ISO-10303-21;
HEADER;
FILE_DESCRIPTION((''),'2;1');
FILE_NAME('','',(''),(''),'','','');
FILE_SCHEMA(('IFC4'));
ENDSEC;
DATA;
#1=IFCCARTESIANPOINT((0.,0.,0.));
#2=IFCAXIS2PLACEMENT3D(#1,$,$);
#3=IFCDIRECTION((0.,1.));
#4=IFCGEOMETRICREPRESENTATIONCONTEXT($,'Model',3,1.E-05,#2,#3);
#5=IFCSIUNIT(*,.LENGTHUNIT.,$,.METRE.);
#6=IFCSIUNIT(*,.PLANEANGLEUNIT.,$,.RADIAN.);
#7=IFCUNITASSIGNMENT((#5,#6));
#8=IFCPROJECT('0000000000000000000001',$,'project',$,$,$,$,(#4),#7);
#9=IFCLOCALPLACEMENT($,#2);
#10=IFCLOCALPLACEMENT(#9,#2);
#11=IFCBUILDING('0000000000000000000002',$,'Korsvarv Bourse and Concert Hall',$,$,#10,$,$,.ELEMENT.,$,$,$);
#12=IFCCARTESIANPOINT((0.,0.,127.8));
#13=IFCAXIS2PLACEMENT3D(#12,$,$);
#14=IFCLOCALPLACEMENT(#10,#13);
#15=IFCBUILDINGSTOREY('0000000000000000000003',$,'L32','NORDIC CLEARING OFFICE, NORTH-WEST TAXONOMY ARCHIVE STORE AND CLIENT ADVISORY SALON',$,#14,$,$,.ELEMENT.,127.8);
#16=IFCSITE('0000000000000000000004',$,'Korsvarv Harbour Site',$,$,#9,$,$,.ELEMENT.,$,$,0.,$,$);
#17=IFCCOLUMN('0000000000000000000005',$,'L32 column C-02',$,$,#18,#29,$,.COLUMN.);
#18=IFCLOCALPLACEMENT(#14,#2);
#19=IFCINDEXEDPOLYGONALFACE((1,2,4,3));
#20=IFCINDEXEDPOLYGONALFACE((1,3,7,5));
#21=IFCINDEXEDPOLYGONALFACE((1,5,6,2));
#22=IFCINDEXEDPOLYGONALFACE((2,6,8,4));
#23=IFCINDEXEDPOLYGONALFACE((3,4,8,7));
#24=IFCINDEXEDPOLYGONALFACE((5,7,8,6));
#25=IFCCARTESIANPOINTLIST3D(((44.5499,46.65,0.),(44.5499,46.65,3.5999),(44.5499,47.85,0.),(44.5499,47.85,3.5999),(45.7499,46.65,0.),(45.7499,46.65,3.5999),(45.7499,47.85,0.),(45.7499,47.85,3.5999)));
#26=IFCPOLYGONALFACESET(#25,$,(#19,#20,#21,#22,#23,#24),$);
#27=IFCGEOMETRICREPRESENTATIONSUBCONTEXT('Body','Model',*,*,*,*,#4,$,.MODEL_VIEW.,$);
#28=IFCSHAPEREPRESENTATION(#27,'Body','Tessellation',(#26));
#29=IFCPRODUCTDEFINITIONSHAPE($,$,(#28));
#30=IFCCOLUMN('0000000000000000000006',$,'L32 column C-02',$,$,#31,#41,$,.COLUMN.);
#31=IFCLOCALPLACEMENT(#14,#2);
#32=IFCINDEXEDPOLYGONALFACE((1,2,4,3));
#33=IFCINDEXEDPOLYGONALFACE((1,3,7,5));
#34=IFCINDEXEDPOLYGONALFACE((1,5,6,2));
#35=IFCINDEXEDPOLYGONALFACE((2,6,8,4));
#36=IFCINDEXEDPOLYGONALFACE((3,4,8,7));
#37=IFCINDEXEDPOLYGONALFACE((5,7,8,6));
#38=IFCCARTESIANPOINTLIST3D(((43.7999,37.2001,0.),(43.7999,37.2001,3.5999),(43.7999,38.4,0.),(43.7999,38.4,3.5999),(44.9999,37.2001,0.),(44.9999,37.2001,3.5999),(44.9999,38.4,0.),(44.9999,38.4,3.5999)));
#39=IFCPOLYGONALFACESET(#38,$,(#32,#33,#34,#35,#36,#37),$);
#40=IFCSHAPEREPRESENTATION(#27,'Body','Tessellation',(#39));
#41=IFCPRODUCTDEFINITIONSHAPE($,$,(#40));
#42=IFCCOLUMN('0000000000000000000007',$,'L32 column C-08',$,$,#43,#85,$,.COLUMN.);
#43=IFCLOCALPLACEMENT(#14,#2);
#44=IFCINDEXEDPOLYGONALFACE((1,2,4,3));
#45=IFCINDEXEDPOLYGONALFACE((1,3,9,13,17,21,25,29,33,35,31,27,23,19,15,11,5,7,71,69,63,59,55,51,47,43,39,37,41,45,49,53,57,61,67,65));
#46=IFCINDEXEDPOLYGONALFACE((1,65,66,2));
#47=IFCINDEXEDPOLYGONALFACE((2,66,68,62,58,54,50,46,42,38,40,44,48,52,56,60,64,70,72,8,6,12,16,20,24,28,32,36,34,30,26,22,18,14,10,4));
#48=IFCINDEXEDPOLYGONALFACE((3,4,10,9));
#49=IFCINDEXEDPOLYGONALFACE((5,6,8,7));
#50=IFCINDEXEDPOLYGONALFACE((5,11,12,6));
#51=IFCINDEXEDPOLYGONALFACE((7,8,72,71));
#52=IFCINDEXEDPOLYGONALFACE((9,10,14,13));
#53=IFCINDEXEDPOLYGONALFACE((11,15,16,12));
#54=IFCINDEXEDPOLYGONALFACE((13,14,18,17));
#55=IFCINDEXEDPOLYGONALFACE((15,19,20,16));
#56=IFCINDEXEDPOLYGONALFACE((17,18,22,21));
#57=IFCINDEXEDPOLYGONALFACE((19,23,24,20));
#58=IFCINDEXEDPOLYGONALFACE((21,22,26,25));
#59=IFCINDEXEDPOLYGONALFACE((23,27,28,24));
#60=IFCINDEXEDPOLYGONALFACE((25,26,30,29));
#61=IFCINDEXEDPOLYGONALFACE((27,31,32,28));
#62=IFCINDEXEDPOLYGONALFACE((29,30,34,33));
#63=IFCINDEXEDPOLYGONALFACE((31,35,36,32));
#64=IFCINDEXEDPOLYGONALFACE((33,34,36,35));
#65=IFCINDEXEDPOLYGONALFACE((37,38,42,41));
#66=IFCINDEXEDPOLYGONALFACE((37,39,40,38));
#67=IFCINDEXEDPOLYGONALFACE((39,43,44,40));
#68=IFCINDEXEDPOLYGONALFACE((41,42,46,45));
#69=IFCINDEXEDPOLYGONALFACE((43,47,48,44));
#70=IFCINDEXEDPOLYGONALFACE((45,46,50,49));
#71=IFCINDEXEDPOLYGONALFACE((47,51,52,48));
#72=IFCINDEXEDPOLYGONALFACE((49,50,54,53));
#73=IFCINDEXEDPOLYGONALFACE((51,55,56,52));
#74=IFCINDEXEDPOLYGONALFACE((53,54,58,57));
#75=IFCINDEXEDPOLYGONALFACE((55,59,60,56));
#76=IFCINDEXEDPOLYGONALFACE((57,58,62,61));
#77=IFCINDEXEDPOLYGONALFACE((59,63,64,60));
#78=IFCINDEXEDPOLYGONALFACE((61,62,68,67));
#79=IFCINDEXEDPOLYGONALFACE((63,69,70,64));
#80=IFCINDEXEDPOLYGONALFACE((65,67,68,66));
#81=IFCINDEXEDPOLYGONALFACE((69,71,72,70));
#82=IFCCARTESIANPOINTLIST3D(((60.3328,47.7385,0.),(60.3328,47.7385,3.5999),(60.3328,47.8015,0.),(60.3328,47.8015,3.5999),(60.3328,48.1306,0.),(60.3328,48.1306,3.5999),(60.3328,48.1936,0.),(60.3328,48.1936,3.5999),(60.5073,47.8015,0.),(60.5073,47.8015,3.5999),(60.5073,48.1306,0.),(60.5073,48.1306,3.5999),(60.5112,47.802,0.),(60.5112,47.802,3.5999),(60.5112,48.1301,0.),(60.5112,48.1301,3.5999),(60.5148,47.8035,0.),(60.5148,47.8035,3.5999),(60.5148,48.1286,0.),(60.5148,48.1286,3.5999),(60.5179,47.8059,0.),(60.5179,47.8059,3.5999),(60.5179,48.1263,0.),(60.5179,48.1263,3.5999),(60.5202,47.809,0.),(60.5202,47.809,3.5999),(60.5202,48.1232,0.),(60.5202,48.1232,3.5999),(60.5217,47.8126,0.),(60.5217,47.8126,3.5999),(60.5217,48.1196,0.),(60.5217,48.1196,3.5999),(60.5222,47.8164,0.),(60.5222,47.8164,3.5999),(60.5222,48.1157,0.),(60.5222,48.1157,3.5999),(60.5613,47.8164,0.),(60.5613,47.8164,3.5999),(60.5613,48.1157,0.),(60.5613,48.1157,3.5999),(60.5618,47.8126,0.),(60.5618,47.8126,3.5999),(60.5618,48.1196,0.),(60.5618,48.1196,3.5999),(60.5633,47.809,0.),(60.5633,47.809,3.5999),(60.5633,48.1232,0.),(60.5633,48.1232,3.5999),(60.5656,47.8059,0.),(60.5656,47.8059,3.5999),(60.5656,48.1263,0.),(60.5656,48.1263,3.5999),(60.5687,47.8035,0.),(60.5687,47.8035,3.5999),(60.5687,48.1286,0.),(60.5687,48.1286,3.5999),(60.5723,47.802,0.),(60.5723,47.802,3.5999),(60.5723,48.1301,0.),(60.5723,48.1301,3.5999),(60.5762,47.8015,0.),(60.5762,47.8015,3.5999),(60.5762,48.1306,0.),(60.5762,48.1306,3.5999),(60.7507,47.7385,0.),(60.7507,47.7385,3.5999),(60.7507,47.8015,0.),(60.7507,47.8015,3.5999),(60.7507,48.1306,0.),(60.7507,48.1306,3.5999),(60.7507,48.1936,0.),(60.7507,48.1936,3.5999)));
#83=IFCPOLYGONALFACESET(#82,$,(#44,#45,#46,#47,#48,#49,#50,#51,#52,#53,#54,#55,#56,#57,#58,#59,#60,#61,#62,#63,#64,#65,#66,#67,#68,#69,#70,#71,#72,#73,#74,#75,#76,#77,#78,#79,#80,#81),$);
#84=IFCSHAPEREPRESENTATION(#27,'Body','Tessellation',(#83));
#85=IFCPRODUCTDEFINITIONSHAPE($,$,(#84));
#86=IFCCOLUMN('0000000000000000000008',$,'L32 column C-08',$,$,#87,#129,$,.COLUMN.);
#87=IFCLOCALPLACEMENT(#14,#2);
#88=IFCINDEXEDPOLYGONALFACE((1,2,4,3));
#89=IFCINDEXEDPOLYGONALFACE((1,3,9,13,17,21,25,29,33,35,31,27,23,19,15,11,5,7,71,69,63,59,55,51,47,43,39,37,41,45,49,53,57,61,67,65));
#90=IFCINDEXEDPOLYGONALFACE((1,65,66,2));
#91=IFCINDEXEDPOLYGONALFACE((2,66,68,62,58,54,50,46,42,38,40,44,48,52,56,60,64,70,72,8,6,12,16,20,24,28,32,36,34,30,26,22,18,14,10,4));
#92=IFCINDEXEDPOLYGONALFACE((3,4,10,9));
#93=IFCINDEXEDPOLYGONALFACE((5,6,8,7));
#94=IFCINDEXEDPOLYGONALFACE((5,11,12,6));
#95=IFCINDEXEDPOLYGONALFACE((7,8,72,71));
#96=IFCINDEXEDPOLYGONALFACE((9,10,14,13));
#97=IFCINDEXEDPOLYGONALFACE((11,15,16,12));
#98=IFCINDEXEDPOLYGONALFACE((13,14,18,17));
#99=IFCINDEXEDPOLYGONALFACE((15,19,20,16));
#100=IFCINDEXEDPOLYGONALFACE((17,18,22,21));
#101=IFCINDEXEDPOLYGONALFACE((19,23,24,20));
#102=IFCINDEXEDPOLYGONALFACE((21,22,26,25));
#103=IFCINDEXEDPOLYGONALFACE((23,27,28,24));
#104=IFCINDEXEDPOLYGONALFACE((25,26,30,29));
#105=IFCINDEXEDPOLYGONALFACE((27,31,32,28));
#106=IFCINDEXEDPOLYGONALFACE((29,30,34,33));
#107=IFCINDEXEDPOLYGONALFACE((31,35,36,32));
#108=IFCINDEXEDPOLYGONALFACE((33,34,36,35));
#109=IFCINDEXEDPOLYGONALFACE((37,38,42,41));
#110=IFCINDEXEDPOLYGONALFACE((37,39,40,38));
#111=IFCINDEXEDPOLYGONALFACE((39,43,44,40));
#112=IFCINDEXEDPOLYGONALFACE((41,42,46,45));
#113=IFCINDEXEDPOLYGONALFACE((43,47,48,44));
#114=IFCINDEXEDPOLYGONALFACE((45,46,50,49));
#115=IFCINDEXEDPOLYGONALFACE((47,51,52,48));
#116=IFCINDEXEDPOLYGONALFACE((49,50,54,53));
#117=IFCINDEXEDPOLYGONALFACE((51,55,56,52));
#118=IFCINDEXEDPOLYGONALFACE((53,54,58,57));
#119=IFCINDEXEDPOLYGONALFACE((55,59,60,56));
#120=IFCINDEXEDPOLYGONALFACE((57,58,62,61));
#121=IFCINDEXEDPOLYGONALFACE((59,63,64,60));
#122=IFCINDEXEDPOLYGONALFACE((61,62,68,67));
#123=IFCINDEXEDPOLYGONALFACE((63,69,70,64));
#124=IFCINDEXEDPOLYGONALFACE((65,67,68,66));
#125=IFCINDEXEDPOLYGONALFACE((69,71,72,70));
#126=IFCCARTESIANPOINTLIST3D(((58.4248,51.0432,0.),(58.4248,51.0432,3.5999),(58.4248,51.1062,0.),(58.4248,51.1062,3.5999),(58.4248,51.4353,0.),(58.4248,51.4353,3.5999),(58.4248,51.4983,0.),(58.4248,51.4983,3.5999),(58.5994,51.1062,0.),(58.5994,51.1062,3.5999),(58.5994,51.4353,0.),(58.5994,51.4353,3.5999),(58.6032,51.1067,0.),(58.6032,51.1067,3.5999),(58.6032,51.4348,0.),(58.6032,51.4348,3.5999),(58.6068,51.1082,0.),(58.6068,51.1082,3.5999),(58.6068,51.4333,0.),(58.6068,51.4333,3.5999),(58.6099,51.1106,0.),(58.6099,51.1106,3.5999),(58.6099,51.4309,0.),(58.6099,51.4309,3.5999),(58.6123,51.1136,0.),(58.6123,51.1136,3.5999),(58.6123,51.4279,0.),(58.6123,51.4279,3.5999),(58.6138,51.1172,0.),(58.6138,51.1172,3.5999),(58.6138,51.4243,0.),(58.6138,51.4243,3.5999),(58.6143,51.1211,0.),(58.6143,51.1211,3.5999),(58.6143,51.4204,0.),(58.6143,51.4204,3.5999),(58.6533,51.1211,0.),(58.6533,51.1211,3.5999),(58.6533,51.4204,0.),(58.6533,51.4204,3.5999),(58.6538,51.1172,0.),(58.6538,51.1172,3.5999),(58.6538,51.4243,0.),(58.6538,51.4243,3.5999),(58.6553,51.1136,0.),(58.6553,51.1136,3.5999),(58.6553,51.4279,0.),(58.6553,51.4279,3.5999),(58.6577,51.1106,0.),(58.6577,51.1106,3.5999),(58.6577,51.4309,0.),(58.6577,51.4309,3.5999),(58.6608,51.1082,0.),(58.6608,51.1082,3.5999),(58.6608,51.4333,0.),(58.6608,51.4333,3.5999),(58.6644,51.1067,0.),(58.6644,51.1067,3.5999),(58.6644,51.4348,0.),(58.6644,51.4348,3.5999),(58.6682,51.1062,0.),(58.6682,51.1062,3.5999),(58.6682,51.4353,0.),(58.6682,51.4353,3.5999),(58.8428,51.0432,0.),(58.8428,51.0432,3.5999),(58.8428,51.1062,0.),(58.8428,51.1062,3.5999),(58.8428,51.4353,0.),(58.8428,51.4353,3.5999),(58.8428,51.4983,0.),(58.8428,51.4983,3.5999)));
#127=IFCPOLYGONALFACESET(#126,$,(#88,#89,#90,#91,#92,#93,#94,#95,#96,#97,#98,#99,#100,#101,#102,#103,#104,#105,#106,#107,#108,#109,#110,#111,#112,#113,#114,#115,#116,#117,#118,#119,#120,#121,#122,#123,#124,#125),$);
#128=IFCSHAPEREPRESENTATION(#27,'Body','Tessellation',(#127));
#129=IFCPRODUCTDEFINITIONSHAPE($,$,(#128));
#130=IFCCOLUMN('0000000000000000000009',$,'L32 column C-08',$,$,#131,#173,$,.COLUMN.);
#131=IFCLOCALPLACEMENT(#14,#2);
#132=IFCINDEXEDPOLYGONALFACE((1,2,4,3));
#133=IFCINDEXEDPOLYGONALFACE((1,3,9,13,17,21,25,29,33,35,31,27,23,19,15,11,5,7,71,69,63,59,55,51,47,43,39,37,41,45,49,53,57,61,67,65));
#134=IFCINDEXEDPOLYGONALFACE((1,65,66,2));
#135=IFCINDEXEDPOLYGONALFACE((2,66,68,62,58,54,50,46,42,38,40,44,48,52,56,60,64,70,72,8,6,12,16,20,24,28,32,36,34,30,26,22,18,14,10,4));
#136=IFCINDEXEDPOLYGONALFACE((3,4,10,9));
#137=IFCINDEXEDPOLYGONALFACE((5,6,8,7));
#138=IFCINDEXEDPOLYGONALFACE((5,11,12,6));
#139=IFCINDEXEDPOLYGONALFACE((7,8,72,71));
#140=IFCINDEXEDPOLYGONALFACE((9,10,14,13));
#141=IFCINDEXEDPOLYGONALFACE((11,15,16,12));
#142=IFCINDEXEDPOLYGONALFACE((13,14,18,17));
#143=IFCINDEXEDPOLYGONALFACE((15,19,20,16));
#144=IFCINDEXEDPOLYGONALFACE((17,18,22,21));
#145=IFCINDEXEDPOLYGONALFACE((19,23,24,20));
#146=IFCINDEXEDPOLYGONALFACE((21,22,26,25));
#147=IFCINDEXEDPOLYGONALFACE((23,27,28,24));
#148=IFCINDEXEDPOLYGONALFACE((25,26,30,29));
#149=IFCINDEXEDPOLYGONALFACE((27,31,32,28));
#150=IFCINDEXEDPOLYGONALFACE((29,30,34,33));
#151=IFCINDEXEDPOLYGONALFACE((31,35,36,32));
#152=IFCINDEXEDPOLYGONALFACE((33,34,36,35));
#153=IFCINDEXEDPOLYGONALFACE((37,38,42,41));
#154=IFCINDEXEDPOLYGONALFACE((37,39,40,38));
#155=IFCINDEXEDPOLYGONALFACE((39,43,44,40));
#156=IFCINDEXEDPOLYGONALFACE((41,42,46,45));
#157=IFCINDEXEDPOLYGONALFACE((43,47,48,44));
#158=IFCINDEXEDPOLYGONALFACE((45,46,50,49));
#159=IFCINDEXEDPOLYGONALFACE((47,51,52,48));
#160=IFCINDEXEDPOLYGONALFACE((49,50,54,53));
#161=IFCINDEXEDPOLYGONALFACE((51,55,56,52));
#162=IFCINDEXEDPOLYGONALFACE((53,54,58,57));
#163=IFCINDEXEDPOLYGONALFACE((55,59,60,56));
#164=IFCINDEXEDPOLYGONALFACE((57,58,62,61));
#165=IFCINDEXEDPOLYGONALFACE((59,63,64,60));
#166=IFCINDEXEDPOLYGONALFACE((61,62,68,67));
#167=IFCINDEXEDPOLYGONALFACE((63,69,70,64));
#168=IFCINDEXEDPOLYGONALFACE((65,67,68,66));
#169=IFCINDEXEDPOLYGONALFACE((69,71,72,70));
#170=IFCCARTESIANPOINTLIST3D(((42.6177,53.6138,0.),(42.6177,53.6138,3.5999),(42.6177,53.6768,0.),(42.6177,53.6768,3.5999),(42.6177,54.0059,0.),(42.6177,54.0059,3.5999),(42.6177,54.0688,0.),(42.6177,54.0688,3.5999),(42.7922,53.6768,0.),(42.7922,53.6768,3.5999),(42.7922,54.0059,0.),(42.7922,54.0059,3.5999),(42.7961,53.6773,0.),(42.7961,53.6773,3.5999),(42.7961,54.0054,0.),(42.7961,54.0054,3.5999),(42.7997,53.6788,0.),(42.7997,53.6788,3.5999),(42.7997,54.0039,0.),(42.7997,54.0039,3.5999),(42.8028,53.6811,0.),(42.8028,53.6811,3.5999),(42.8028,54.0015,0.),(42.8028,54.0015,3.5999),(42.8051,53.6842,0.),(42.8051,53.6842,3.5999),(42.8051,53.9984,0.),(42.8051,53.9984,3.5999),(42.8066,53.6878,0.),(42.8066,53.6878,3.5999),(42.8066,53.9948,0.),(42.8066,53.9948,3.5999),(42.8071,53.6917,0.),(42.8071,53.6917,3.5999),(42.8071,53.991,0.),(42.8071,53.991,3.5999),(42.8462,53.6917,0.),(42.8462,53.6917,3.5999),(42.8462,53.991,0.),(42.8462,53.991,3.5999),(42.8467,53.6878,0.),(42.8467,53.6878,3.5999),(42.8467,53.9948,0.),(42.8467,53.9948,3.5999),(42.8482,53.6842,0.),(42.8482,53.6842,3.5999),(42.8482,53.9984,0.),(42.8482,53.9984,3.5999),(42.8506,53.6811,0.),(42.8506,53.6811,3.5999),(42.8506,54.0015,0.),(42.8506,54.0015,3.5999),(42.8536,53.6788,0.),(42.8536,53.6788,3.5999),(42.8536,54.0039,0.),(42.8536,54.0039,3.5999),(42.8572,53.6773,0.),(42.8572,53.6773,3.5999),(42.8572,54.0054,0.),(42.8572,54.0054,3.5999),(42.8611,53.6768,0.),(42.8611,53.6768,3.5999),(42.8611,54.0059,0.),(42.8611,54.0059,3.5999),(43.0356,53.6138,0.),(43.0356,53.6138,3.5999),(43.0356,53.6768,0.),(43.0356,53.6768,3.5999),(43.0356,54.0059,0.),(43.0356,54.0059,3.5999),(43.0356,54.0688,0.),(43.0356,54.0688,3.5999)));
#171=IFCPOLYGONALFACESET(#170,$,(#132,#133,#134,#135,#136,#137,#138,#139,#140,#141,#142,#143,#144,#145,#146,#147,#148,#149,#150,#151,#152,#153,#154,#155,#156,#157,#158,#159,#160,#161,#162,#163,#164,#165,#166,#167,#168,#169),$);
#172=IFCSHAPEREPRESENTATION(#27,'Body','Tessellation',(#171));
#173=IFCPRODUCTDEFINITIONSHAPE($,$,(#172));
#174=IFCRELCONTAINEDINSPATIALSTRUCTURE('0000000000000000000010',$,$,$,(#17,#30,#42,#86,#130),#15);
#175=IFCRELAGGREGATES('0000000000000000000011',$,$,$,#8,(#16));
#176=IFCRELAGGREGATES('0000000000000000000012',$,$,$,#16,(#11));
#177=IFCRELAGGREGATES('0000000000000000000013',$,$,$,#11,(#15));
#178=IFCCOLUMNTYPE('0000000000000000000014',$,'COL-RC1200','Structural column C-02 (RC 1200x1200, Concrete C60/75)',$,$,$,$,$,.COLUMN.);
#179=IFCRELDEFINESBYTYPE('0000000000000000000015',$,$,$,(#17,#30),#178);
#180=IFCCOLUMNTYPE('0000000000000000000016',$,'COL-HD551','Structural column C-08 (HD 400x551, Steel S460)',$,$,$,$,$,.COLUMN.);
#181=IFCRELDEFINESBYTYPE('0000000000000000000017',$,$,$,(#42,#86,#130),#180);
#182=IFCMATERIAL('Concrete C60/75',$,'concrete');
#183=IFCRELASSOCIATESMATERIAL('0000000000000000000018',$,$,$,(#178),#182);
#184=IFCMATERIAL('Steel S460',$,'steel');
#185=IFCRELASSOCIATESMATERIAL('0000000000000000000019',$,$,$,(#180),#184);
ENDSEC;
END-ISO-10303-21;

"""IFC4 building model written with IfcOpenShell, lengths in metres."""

from ifc_helpers import new_model, si_unit, direction, frame, origin, origin_2d, place, context, subcontext, project, spatial, rectangle, i_section, extrude, source, transform, mapped, material, material_profile, profile_set, type_object, element, save


model = new_model("IFC4")

# Units and contexts
model_context = context("Model", 3, precision=1e-05, world=origin(), true_north=direction((0.0, 1.0)))
body_context = subcontext(model_context, "Body", "Model", "MODEL_VIEW")
ifc_project = project(units=[si_unit("LENGTHUNIT", "METRE"), si_unit("PLANEANGLEUNIT", "RADIAN")], contexts=[model_context])

# Site, building, storey
site_placement = place(None, origin())
site = spatial("IfcSite", under=ifc_project, at=site_placement, Name="Korsvarv Harbour Site", CompositionType="ELEMENT", RefElevation=0.0)
building_placement = place(site_placement, origin())
building = spatial("IfcBuilding", under=site, at=building_placement, Name="Korsvarv Bourse and Concert Hall", CompositionType="ELEMENT")
storey_placement = place(building_placement, frame((0.0, 0.0, 127.8)))
storey = spatial("IfcBuildingStorey", under=building, at=storey_placement, Name="L32", Description="NORDIC CLEARING OFFICE, NORTH-WEST TAXONOMY ARCHIVE STORE AND CLIENT ADVISORY SALON", CompositionType="ELEMENT", Elevation=127.8)

# Columns
ifc_material_1 = material(Name="Concrete C60/75", Category="concrete")
ifc_material_profile_1 = material_profile(ifc_material_1, rectangle(XDim=1.2, YDim=1.2, at=origin_2d()), Name="RC 1200x1200")
ifc_profile_set_1 = profile_set([ifc_material_profile_1], Name="Concrete C60/75")
column_type_1 = type_object("IfcColumnType", Name="COL-RC1200", Description="Structural column C-02 (RC 1200x1200, Concrete C60/75)", PredefinedType="COLUMN", material=ifc_profile_set_1)
shared_shape_1 = source(origin(), body_context, "Body", "SweptSolid", [
    extrude(rectangle(XDim=1.2, YDim=1.2, at=origin_2d()), origin(), (0.0, 0.0, 1.0), 3.5999),
])
for number, where, z_axis, x_axis, name in (
    (1, (45.1499, 47.25, 0.0), (0.0, 0.0, 1.0), (1.0, 0.0, 0.0), "L32 column C-02"),
    (2, (44.3999, 37.8, 0.0), (0.0, 0.0, 1.0), (1.0, 0.0, 0.0), "L32 column C-02"),
):
    element("IfcColumn", number, at=place(storey_placement, frame(where, z_axis=z_axis, x_axis=x_axis)), inside=storey, type_object=column_type_1, Name=name, PredefinedType="COLUMN", context=body_context, shape_type="MappedRepresentation", body=[
        mapped(shared_shape_1, transform((0.0, 0.0, 0.0), scale=1.0)),
    ])
ifc_material_2 = material(Name="Steel S460", Category="steel")
ifc_material_profile_2 = material_profile(ifc_material_2, i_section(OverallWidth=0.418, OverallDepth=0.4551, WebThickness=0.0391, FlangeThickness=0.063, FilletRadius=0.0149, at=origin_2d()), Name="HD 400x551")
ifc_profile_set_2 = profile_set([ifc_material_profile_2], Name="Steel S460")
column_type_2 = type_object("IfcColumnType", Name="COL-HD551", Description="Structural column C-08 (HD 400x551, Steel S460)", PredefinedType="COLUMN", material=ifc_profile_set_2)
shared_shape_2 = source(origin(), body_context, "Body", "SweptSolid", [
    extrude(i_section(OverallWidth=0.418, OverallDepth=0.4551, WebThickness=0.0391, FlangeThickness=0.063, FilletRadius=0.0149, at=origin_2d()), origin(), (0.0, 0.0, 1.0), 3.5999),
])
for number, where, z_axis, x_axis, name in (
    (3, (60.5417, 47.9661, 0.0), (0.0, 0.0, 1.0), (1.0, 0.0, 0.0), "L32 column C-08"),
    (4, (58.6338, 51.2708, 0.0), (0.0, 0.0, 1.0), (1.0, 0.0, 0.0), "L32 column C-08"),
    (5, (42.8267, 53.8413, 0.0), (0.0, 0.0, 1.0), (1.0, 0.0, 0.0), "L32 column C-08"),
):
    element("IfcColumn", number, at=place(storey_placement, frame(where, z_axis=z_axis, x_axis=x_axis)), inside=storey, type_object=column_type_2, Name=name, PredefinedType="COLUMN", context=body_context, shape_type="MappedRepresentation", body=[
        mapped(shared_shape_2, transform((0.0, 0.0, 0.0), scale=1.0)),
    ])

save(model, "model.ifc")
